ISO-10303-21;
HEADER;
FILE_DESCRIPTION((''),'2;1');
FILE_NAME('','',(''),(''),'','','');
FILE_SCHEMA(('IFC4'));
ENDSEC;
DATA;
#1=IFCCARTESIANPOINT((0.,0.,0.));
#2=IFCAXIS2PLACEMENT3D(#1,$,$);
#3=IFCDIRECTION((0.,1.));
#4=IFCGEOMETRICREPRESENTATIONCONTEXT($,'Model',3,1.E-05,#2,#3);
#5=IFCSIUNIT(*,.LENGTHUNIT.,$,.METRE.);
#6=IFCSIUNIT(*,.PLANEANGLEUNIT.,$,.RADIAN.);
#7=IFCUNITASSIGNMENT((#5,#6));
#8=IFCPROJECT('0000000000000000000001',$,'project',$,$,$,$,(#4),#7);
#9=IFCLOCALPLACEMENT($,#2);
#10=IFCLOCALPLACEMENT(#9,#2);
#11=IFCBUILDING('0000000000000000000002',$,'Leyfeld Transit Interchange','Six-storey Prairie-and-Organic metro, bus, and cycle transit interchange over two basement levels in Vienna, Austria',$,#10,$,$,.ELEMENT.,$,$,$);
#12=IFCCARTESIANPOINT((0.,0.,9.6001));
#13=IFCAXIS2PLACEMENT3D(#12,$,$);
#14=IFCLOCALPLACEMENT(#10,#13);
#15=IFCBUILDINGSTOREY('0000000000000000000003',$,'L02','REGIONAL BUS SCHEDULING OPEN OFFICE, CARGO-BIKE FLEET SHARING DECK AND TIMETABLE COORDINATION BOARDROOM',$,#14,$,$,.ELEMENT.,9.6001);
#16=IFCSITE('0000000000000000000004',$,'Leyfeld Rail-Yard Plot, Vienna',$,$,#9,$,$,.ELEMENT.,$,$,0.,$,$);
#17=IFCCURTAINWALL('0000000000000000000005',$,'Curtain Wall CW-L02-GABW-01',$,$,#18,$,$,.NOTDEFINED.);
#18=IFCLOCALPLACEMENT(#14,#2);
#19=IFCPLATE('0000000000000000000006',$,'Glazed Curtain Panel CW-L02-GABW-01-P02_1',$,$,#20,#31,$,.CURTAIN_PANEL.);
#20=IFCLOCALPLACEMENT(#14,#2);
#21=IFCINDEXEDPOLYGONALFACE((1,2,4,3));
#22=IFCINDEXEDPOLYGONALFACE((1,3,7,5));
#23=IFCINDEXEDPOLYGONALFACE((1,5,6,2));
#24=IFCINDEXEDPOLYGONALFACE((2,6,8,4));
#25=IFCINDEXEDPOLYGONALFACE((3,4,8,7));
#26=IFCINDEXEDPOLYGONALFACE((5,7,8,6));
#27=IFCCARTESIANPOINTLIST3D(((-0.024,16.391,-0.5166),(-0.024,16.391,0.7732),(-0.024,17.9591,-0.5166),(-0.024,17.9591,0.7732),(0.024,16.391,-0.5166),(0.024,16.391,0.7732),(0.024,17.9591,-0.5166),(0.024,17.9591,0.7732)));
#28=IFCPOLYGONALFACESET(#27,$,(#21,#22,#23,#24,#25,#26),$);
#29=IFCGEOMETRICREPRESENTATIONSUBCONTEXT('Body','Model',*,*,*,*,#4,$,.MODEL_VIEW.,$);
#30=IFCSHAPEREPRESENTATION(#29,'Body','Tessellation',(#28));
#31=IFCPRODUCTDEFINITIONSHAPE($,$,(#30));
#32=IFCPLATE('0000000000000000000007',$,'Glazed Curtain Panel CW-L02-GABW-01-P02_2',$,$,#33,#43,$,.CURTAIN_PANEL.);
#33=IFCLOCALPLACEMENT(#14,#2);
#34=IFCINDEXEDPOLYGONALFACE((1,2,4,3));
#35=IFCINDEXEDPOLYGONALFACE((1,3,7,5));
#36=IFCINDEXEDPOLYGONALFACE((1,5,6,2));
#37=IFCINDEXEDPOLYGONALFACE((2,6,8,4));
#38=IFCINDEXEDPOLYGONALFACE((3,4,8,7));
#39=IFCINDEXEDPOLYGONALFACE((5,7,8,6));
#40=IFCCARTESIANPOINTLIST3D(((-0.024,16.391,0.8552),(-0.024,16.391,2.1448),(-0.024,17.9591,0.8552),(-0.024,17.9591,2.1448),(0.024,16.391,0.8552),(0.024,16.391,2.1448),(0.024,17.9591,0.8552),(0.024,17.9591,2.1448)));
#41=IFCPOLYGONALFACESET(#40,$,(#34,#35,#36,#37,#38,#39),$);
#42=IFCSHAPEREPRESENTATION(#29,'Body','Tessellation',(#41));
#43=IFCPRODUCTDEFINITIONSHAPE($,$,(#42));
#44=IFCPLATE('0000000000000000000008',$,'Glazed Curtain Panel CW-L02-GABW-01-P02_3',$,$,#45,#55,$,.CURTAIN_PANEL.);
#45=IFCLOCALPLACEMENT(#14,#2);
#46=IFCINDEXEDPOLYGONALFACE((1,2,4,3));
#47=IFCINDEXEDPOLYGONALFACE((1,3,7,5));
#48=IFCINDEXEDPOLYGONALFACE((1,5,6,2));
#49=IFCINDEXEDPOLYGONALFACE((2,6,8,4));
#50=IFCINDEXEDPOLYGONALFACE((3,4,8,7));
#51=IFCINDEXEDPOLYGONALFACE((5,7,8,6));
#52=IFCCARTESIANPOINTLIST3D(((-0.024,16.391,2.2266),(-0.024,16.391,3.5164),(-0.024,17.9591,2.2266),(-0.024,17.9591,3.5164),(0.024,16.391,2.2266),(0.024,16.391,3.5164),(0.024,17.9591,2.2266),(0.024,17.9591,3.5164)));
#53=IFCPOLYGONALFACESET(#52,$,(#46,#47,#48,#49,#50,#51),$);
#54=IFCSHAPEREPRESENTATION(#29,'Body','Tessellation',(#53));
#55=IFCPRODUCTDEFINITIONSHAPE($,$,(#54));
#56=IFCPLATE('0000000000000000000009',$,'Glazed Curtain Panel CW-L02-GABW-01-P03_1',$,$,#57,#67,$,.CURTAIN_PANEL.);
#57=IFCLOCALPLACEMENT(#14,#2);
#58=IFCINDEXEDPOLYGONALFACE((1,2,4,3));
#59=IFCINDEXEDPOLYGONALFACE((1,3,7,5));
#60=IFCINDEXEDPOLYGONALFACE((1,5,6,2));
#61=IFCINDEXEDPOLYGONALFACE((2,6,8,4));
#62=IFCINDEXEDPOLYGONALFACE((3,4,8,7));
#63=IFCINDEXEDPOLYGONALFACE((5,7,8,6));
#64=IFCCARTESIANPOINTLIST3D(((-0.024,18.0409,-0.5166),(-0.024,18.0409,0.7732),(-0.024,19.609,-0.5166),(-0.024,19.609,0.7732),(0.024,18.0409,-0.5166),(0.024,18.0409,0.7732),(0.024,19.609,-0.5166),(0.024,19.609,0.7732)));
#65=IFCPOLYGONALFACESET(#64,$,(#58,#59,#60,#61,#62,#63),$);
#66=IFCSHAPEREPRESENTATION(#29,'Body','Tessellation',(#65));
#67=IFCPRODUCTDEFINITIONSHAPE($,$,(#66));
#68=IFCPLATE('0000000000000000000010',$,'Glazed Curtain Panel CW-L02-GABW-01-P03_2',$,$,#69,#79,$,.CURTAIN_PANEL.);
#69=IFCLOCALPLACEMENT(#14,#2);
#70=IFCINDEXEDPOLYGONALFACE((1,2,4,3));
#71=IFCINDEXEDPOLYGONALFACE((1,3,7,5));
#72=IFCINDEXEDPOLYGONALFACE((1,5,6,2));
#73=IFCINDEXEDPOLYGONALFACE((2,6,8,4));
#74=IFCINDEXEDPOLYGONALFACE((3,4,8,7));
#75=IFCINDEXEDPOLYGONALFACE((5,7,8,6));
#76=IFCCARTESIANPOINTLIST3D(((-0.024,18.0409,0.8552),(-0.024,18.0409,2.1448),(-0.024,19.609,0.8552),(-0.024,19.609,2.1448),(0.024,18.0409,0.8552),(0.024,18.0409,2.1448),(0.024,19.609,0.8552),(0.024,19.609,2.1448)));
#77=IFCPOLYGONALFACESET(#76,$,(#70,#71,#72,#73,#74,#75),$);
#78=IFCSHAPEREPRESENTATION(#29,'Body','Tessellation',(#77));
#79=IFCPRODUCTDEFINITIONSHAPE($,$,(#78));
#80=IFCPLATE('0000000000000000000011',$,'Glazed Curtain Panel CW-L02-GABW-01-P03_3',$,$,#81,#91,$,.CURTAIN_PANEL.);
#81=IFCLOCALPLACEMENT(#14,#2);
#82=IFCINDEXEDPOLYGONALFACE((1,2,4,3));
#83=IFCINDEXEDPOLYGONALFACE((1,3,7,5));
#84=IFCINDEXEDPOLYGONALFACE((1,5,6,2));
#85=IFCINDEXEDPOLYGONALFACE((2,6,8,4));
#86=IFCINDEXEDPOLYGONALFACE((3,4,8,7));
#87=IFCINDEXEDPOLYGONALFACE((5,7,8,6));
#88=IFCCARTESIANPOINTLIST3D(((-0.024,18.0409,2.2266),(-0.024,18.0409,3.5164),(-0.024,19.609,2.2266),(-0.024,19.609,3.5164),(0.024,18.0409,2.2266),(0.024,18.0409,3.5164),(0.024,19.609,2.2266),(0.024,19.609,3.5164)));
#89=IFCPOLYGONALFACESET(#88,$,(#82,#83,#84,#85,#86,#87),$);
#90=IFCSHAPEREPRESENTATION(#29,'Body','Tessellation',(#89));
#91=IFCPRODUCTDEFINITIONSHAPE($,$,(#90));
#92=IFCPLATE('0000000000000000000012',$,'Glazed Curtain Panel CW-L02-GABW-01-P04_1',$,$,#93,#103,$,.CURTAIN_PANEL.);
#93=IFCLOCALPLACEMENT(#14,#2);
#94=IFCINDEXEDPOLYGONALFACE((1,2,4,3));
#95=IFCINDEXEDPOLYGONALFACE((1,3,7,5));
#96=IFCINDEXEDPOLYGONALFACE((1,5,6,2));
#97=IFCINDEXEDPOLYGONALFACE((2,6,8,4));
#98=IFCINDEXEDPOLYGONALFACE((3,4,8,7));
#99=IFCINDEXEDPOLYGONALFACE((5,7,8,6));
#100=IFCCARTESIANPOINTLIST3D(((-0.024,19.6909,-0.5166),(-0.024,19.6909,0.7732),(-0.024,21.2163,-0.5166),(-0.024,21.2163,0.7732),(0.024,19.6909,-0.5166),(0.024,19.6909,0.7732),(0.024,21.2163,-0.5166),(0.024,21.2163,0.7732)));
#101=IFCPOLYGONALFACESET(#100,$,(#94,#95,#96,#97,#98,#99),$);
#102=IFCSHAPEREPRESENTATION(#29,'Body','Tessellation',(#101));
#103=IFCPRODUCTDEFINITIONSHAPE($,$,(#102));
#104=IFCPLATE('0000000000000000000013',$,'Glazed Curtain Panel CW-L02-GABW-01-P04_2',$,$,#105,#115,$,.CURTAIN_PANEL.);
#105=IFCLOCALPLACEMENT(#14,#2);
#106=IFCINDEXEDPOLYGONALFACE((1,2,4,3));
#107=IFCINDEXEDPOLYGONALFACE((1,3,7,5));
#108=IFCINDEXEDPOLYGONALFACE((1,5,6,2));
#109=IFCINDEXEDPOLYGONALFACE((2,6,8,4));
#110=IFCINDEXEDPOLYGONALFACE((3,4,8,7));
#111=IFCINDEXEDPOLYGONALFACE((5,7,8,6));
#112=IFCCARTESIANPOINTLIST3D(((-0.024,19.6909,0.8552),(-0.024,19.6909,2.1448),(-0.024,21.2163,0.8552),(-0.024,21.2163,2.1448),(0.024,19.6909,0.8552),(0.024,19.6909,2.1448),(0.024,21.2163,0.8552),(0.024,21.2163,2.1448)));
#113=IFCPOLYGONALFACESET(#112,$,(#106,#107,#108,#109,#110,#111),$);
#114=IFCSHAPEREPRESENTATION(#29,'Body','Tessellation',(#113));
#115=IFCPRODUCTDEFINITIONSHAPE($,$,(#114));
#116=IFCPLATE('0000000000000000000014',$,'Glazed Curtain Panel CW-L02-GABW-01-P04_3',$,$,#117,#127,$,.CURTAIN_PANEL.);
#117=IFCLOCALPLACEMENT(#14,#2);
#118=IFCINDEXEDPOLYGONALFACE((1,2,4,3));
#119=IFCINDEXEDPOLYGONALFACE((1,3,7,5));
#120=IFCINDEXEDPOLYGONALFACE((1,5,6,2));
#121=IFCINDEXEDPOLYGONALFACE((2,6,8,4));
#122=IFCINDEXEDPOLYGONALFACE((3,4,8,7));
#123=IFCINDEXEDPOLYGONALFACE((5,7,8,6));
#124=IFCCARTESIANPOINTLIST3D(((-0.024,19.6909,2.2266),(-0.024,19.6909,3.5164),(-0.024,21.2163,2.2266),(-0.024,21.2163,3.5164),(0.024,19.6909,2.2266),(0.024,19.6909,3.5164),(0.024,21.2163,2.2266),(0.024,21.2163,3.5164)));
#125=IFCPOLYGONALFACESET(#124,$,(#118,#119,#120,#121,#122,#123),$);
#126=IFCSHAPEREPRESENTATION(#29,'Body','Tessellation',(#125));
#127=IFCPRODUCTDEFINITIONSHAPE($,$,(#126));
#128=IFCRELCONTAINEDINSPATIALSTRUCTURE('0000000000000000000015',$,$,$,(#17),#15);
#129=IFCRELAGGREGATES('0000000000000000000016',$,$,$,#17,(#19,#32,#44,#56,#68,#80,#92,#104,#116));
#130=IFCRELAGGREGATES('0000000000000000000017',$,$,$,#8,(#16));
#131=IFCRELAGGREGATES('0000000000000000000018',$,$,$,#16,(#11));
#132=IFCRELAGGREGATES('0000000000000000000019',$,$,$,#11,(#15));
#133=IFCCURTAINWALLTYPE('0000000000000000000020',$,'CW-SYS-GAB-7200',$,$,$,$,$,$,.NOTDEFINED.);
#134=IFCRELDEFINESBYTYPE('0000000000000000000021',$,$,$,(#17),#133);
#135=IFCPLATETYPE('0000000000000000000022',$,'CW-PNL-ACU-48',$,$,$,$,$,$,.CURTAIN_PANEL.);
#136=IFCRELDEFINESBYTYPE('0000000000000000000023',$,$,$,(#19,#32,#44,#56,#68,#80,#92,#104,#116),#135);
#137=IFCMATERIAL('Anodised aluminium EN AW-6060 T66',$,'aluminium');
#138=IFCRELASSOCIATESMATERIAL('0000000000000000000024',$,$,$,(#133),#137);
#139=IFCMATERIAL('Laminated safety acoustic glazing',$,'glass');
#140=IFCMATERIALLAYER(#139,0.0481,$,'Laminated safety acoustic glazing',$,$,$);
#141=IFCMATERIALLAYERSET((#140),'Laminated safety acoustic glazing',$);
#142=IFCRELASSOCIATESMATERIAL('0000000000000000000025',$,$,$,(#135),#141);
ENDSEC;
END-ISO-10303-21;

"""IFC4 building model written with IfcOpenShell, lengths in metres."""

from ifc_helpers import new_model, si_unit, direction, frame, origin, origin_2d, place, context, subcontext, project, spatial, rectangle, extrude, material, layer, layer_set, type_object, element, aggregate, save


model = new_model("IFC4")

# Units and contexts
model_context = context("Model", 3, precision=1e-05, world=origin(), true_north=direction((0.0, 1.0)))
body_context = subcontext(model_context, "Body", "Model", "MODEL_VIEW")
ifc_project = project(units=[si_unit("LENGTHUNIT", "METRE"), si_unit("PLANEANGLEUNIT", "RADIAN")], contexts=[model_context])

# Site, building, storey
site_placement = place(None, origin())
site = spatial("IfcSite", under=ifc_project, at=site_placement, Name="Leyfeld Rail-Yard Plot, Vienna", CompositionType="ELEMENT", RefElevation=0.0)
building_placement = place(site_placement, origin())
building = spatial("IfcBuilding", under=site, at=building_placement, Name="Leyfeld Transit Interchange", Description="Six-storey Prairie-and-Organic metro, bus, and cycle transit interchange over two basement levels in Vienna, Austria", CompositionType="ELEMENT")
storey_placement = place(building_placement, frame((0.0, 0.0, 9.6001)))
storey = spatial("IfcBuildingStorey", under=building, at=storey_placement, Name="L02", Description="REGIONAL BUS SCHEDULING OPEN OFFICE, CARGO-BIKE FLEET SHARING DECK AND TIMETABLE COORDINATION BOARDROOM", CompositionType="ELEMENT", Elevation=9.6001)

# Curtain wall
ifc_material_1 = material(Name="Anodised aluminium EN AW-6060 T66", Category="aluminium")
curtain_wall_type = type_object("IfcCurtainWallType", Name="CW-SYS-GAB-7200", PredefinedType="NOTDEFINED", material=ifc_material_1)
curtain_wall_placement = place(storey_placement, origin())
curtain_wall = element("IfcCurtainWall", 1, at=curtain_wall_placement, inside=storey, type_object=curtain_wall_type, Name="Curtain Wall CW-L02-GABW-01", PredefinedType="NOTDEFINED")

# Plates
ifc_material_2 = material(Name="Laminated safety acoustic glazing", Category="glass")
ifc_layer = layer(ifc_material_2, 0.0481, Name="Laminated safety acoustic glazing")
ifc_layer_set = layer_set([ifc_layer], Name="Laminated safety acoustic glazing")
plate_type = type_object("IfcPlateType", Name="CW-PNL-ACU-48", PredefinedType="CURTAIN_PANEL", material=ifc_layer_set)
plate_1_placement = place(storey_placement, frame((0.0, 17.175, -0.5166), z_axis=(0.0, 0.0, 1.0), x_axis=(0.0, 1.0, 0.0)))
plate_1 = element("IfcPlate", 2, at=plate_1_placement, type_object=plate_type, Name="Glazed Curtain Panel CW-L02-GABW-01-P02_1", PredefinedType="CURTAIN_PANEL", context=body_context, shape_type="SweptSolid", body=[
    extrude(rectangle(XDim=1.5681, YDim=0.0481, at=origin_2d()), origin(), (0.0, 0.0, 1.0), 1.2898),
])
plate_2_placement = place(storey_placement, frame((0.0, 17.175, 0.8552), z_axis=(0.0, 0.0, 1.0), x_axis=(0.0, 1.0, 0.0)))
plate_2 = element("IfcPlate", 3, at=plate_2_placement, type_object=plate_type, Name="Glazed Curtain Panel CW-L02-GABW-01-P02_2", PredefinedType="CURTAIN_PANEL", context=body_context, shape_type="SweptSolid", body=[
    extrude(rectangle(XDim=1.5681, YDim=0.0481, at=origin_2d()), origin(), (0.0, 0.0, 1.0), 1.2896),
])
plate_3_placement = place(storey_placement, frame((0.0, 17.175, 2.2266), z_axis=(0.0, 0.0, 1.0), x_axis=(0.0, 1.0, 0.0)))
plate_3 = element("IfcPlate", 4, at=plate_3_placement, type_object=plate_type, Name="Glazed Curtain Panel CW-L02-GABW-01-P02_3", PredefinedType="CURTAIN_PANEL", context=body_context, shape_type="SweptSolid", body=[
    extrude(rectangle(XDim=1.5681, YDim=0.0481, at=origin_2d()), origin(), (0.0, 0.0, 1.0), 1.2898),
])
plate_4_placement = place(storey_placement, frame((0.0, 18.825, -0.5166), z_axis=(0.0, 0.0, 1.0), x_axis=(0.0, 1.0, 0.0)))
plate_4 = element("IfcPlate", 5, at=plate_4_placement, type_object=plate_type, Name="Glazed Curtain Panel CW-L02-GABW-01-P03_1", PredefinedType="CURTAIN_PANEL", context=body_context, shape_type="SweptSolid", body=[
    extrude(rectangle(XDim=1.5681, YDim=0.0481, at=origin_2d()), origin(), (0.0, 0.0, 1.0), 1.2898),
])
plate_5_placement = place(storey_placement, frame((0.0, 18.825, 0.8552), z_axis=(0.0, 0.0, 1.0), x_axis=(0.0, 1.0, 0.0)))
plate_5 = element("IfcPlate", 6, at=plate_5_placement, type_object=plate_type, Name="Glazed Curtain Panel CW-L02-GABW-01-P03_2", PredefinedType="CURTAIN_PANEL", context=body_context, shape_type="SweptSolid", body=[
    extrude(rectangle(XDim=1.5681, YDim=0.0481, at=origin_2d()), origin(), (0.0, 0.0, 1.0), 1.2896),
])
plate_6_placement = place(storey_placement, frame((0.0, 18.825, 2.2266), z_axis=(0.0, 0.0, 1.0), x_axis=(0.0, 1.0, 0.0)))
plate_6 = element("IfcPlate", 7, at=plate_6_placement, type_object=plate_type, Name="Glazed Curtain Panel CW-L02-GABW-01-P03_3", PredefinedType="CURTAIN_PANEL", context=body_context, shape_type="SweptSolid", body=[
    extrude(rectangle(XDim=1.5681, YDim=0.0481, at=origin_2d()), origin(), (0.0, 0.0, 1.0), 1.2898),
])
plate_7_placement = place(storey_placement, frame((0.0, 20.4536, -0.5166), z_axis=(0.0, 0.0, 1.0), x_axis=(0.0, 1.0, 0.0)))
plate_7 = element("IfcPlate", 8, at=plate_7_placement, type_object=plate_type, Name="Glazed Curtain Panel CW-L02-GABW-01-P04_1", PredefinedType="CURTAIN_PANEL", context=body_context, shape_type="SweptSolid", body=[
    extrude(rectangle(XDim=1.5254, YDim=0.0481, at=origin_2d()), origin(), (0.0, 0.0, 1.0), 1.2898),
])
plate_8_placement = place(storey_placement, frame((0.0, 20.4536, 0.8552), z_axis=(0.0, 0.0, 1.0), x_axis=(0.0, 1.0, 0.0)))
plate_8 = element("IfcPlate", 9, at=plate_8_placement, type_object=plate_type, Name="Glazed Curtain Panel CW-L02-GABW-01-P04_2", PredefinedType="CURTAIN_PANEL", context=body_context, shape_type="SweptSolid", body=[
    extrude(rectangle(XDim=1.5254, YDim=0.0481, at=origin_2d()), origin(), (0.0, 0.0, 1.0), 1.2896),
])
plate_9_placement = place(storey_placement, frame((0.0, 20.4536, 2.2266), z_axis=(0.0, 0.0, 1.0), x_axis=(0.0, 1.0, 0.0)))
plate_9 = element("IfcPlate", 10, at=plate_9_placement, type_object=plate_type, Name="Glazed Curtain Panel CW-L02-GABW-01-P04_3", PredefinedType="CURTAIN_PANEL", context=body_context, shape_type="SweptSolid", body=[
    extrude(rectangle(XDim=1.5254, YDim=0.0481, at=origin_2d()), origin(), (0.0, 0.0, 1.0), 1.2898),
])
aggregate(curtain_wall, [plate_1, plate_2, plate_3, plate_4, plate_5, plate_6, plate_7, plate_8, plate_9])

save(model, "model.ifc")
